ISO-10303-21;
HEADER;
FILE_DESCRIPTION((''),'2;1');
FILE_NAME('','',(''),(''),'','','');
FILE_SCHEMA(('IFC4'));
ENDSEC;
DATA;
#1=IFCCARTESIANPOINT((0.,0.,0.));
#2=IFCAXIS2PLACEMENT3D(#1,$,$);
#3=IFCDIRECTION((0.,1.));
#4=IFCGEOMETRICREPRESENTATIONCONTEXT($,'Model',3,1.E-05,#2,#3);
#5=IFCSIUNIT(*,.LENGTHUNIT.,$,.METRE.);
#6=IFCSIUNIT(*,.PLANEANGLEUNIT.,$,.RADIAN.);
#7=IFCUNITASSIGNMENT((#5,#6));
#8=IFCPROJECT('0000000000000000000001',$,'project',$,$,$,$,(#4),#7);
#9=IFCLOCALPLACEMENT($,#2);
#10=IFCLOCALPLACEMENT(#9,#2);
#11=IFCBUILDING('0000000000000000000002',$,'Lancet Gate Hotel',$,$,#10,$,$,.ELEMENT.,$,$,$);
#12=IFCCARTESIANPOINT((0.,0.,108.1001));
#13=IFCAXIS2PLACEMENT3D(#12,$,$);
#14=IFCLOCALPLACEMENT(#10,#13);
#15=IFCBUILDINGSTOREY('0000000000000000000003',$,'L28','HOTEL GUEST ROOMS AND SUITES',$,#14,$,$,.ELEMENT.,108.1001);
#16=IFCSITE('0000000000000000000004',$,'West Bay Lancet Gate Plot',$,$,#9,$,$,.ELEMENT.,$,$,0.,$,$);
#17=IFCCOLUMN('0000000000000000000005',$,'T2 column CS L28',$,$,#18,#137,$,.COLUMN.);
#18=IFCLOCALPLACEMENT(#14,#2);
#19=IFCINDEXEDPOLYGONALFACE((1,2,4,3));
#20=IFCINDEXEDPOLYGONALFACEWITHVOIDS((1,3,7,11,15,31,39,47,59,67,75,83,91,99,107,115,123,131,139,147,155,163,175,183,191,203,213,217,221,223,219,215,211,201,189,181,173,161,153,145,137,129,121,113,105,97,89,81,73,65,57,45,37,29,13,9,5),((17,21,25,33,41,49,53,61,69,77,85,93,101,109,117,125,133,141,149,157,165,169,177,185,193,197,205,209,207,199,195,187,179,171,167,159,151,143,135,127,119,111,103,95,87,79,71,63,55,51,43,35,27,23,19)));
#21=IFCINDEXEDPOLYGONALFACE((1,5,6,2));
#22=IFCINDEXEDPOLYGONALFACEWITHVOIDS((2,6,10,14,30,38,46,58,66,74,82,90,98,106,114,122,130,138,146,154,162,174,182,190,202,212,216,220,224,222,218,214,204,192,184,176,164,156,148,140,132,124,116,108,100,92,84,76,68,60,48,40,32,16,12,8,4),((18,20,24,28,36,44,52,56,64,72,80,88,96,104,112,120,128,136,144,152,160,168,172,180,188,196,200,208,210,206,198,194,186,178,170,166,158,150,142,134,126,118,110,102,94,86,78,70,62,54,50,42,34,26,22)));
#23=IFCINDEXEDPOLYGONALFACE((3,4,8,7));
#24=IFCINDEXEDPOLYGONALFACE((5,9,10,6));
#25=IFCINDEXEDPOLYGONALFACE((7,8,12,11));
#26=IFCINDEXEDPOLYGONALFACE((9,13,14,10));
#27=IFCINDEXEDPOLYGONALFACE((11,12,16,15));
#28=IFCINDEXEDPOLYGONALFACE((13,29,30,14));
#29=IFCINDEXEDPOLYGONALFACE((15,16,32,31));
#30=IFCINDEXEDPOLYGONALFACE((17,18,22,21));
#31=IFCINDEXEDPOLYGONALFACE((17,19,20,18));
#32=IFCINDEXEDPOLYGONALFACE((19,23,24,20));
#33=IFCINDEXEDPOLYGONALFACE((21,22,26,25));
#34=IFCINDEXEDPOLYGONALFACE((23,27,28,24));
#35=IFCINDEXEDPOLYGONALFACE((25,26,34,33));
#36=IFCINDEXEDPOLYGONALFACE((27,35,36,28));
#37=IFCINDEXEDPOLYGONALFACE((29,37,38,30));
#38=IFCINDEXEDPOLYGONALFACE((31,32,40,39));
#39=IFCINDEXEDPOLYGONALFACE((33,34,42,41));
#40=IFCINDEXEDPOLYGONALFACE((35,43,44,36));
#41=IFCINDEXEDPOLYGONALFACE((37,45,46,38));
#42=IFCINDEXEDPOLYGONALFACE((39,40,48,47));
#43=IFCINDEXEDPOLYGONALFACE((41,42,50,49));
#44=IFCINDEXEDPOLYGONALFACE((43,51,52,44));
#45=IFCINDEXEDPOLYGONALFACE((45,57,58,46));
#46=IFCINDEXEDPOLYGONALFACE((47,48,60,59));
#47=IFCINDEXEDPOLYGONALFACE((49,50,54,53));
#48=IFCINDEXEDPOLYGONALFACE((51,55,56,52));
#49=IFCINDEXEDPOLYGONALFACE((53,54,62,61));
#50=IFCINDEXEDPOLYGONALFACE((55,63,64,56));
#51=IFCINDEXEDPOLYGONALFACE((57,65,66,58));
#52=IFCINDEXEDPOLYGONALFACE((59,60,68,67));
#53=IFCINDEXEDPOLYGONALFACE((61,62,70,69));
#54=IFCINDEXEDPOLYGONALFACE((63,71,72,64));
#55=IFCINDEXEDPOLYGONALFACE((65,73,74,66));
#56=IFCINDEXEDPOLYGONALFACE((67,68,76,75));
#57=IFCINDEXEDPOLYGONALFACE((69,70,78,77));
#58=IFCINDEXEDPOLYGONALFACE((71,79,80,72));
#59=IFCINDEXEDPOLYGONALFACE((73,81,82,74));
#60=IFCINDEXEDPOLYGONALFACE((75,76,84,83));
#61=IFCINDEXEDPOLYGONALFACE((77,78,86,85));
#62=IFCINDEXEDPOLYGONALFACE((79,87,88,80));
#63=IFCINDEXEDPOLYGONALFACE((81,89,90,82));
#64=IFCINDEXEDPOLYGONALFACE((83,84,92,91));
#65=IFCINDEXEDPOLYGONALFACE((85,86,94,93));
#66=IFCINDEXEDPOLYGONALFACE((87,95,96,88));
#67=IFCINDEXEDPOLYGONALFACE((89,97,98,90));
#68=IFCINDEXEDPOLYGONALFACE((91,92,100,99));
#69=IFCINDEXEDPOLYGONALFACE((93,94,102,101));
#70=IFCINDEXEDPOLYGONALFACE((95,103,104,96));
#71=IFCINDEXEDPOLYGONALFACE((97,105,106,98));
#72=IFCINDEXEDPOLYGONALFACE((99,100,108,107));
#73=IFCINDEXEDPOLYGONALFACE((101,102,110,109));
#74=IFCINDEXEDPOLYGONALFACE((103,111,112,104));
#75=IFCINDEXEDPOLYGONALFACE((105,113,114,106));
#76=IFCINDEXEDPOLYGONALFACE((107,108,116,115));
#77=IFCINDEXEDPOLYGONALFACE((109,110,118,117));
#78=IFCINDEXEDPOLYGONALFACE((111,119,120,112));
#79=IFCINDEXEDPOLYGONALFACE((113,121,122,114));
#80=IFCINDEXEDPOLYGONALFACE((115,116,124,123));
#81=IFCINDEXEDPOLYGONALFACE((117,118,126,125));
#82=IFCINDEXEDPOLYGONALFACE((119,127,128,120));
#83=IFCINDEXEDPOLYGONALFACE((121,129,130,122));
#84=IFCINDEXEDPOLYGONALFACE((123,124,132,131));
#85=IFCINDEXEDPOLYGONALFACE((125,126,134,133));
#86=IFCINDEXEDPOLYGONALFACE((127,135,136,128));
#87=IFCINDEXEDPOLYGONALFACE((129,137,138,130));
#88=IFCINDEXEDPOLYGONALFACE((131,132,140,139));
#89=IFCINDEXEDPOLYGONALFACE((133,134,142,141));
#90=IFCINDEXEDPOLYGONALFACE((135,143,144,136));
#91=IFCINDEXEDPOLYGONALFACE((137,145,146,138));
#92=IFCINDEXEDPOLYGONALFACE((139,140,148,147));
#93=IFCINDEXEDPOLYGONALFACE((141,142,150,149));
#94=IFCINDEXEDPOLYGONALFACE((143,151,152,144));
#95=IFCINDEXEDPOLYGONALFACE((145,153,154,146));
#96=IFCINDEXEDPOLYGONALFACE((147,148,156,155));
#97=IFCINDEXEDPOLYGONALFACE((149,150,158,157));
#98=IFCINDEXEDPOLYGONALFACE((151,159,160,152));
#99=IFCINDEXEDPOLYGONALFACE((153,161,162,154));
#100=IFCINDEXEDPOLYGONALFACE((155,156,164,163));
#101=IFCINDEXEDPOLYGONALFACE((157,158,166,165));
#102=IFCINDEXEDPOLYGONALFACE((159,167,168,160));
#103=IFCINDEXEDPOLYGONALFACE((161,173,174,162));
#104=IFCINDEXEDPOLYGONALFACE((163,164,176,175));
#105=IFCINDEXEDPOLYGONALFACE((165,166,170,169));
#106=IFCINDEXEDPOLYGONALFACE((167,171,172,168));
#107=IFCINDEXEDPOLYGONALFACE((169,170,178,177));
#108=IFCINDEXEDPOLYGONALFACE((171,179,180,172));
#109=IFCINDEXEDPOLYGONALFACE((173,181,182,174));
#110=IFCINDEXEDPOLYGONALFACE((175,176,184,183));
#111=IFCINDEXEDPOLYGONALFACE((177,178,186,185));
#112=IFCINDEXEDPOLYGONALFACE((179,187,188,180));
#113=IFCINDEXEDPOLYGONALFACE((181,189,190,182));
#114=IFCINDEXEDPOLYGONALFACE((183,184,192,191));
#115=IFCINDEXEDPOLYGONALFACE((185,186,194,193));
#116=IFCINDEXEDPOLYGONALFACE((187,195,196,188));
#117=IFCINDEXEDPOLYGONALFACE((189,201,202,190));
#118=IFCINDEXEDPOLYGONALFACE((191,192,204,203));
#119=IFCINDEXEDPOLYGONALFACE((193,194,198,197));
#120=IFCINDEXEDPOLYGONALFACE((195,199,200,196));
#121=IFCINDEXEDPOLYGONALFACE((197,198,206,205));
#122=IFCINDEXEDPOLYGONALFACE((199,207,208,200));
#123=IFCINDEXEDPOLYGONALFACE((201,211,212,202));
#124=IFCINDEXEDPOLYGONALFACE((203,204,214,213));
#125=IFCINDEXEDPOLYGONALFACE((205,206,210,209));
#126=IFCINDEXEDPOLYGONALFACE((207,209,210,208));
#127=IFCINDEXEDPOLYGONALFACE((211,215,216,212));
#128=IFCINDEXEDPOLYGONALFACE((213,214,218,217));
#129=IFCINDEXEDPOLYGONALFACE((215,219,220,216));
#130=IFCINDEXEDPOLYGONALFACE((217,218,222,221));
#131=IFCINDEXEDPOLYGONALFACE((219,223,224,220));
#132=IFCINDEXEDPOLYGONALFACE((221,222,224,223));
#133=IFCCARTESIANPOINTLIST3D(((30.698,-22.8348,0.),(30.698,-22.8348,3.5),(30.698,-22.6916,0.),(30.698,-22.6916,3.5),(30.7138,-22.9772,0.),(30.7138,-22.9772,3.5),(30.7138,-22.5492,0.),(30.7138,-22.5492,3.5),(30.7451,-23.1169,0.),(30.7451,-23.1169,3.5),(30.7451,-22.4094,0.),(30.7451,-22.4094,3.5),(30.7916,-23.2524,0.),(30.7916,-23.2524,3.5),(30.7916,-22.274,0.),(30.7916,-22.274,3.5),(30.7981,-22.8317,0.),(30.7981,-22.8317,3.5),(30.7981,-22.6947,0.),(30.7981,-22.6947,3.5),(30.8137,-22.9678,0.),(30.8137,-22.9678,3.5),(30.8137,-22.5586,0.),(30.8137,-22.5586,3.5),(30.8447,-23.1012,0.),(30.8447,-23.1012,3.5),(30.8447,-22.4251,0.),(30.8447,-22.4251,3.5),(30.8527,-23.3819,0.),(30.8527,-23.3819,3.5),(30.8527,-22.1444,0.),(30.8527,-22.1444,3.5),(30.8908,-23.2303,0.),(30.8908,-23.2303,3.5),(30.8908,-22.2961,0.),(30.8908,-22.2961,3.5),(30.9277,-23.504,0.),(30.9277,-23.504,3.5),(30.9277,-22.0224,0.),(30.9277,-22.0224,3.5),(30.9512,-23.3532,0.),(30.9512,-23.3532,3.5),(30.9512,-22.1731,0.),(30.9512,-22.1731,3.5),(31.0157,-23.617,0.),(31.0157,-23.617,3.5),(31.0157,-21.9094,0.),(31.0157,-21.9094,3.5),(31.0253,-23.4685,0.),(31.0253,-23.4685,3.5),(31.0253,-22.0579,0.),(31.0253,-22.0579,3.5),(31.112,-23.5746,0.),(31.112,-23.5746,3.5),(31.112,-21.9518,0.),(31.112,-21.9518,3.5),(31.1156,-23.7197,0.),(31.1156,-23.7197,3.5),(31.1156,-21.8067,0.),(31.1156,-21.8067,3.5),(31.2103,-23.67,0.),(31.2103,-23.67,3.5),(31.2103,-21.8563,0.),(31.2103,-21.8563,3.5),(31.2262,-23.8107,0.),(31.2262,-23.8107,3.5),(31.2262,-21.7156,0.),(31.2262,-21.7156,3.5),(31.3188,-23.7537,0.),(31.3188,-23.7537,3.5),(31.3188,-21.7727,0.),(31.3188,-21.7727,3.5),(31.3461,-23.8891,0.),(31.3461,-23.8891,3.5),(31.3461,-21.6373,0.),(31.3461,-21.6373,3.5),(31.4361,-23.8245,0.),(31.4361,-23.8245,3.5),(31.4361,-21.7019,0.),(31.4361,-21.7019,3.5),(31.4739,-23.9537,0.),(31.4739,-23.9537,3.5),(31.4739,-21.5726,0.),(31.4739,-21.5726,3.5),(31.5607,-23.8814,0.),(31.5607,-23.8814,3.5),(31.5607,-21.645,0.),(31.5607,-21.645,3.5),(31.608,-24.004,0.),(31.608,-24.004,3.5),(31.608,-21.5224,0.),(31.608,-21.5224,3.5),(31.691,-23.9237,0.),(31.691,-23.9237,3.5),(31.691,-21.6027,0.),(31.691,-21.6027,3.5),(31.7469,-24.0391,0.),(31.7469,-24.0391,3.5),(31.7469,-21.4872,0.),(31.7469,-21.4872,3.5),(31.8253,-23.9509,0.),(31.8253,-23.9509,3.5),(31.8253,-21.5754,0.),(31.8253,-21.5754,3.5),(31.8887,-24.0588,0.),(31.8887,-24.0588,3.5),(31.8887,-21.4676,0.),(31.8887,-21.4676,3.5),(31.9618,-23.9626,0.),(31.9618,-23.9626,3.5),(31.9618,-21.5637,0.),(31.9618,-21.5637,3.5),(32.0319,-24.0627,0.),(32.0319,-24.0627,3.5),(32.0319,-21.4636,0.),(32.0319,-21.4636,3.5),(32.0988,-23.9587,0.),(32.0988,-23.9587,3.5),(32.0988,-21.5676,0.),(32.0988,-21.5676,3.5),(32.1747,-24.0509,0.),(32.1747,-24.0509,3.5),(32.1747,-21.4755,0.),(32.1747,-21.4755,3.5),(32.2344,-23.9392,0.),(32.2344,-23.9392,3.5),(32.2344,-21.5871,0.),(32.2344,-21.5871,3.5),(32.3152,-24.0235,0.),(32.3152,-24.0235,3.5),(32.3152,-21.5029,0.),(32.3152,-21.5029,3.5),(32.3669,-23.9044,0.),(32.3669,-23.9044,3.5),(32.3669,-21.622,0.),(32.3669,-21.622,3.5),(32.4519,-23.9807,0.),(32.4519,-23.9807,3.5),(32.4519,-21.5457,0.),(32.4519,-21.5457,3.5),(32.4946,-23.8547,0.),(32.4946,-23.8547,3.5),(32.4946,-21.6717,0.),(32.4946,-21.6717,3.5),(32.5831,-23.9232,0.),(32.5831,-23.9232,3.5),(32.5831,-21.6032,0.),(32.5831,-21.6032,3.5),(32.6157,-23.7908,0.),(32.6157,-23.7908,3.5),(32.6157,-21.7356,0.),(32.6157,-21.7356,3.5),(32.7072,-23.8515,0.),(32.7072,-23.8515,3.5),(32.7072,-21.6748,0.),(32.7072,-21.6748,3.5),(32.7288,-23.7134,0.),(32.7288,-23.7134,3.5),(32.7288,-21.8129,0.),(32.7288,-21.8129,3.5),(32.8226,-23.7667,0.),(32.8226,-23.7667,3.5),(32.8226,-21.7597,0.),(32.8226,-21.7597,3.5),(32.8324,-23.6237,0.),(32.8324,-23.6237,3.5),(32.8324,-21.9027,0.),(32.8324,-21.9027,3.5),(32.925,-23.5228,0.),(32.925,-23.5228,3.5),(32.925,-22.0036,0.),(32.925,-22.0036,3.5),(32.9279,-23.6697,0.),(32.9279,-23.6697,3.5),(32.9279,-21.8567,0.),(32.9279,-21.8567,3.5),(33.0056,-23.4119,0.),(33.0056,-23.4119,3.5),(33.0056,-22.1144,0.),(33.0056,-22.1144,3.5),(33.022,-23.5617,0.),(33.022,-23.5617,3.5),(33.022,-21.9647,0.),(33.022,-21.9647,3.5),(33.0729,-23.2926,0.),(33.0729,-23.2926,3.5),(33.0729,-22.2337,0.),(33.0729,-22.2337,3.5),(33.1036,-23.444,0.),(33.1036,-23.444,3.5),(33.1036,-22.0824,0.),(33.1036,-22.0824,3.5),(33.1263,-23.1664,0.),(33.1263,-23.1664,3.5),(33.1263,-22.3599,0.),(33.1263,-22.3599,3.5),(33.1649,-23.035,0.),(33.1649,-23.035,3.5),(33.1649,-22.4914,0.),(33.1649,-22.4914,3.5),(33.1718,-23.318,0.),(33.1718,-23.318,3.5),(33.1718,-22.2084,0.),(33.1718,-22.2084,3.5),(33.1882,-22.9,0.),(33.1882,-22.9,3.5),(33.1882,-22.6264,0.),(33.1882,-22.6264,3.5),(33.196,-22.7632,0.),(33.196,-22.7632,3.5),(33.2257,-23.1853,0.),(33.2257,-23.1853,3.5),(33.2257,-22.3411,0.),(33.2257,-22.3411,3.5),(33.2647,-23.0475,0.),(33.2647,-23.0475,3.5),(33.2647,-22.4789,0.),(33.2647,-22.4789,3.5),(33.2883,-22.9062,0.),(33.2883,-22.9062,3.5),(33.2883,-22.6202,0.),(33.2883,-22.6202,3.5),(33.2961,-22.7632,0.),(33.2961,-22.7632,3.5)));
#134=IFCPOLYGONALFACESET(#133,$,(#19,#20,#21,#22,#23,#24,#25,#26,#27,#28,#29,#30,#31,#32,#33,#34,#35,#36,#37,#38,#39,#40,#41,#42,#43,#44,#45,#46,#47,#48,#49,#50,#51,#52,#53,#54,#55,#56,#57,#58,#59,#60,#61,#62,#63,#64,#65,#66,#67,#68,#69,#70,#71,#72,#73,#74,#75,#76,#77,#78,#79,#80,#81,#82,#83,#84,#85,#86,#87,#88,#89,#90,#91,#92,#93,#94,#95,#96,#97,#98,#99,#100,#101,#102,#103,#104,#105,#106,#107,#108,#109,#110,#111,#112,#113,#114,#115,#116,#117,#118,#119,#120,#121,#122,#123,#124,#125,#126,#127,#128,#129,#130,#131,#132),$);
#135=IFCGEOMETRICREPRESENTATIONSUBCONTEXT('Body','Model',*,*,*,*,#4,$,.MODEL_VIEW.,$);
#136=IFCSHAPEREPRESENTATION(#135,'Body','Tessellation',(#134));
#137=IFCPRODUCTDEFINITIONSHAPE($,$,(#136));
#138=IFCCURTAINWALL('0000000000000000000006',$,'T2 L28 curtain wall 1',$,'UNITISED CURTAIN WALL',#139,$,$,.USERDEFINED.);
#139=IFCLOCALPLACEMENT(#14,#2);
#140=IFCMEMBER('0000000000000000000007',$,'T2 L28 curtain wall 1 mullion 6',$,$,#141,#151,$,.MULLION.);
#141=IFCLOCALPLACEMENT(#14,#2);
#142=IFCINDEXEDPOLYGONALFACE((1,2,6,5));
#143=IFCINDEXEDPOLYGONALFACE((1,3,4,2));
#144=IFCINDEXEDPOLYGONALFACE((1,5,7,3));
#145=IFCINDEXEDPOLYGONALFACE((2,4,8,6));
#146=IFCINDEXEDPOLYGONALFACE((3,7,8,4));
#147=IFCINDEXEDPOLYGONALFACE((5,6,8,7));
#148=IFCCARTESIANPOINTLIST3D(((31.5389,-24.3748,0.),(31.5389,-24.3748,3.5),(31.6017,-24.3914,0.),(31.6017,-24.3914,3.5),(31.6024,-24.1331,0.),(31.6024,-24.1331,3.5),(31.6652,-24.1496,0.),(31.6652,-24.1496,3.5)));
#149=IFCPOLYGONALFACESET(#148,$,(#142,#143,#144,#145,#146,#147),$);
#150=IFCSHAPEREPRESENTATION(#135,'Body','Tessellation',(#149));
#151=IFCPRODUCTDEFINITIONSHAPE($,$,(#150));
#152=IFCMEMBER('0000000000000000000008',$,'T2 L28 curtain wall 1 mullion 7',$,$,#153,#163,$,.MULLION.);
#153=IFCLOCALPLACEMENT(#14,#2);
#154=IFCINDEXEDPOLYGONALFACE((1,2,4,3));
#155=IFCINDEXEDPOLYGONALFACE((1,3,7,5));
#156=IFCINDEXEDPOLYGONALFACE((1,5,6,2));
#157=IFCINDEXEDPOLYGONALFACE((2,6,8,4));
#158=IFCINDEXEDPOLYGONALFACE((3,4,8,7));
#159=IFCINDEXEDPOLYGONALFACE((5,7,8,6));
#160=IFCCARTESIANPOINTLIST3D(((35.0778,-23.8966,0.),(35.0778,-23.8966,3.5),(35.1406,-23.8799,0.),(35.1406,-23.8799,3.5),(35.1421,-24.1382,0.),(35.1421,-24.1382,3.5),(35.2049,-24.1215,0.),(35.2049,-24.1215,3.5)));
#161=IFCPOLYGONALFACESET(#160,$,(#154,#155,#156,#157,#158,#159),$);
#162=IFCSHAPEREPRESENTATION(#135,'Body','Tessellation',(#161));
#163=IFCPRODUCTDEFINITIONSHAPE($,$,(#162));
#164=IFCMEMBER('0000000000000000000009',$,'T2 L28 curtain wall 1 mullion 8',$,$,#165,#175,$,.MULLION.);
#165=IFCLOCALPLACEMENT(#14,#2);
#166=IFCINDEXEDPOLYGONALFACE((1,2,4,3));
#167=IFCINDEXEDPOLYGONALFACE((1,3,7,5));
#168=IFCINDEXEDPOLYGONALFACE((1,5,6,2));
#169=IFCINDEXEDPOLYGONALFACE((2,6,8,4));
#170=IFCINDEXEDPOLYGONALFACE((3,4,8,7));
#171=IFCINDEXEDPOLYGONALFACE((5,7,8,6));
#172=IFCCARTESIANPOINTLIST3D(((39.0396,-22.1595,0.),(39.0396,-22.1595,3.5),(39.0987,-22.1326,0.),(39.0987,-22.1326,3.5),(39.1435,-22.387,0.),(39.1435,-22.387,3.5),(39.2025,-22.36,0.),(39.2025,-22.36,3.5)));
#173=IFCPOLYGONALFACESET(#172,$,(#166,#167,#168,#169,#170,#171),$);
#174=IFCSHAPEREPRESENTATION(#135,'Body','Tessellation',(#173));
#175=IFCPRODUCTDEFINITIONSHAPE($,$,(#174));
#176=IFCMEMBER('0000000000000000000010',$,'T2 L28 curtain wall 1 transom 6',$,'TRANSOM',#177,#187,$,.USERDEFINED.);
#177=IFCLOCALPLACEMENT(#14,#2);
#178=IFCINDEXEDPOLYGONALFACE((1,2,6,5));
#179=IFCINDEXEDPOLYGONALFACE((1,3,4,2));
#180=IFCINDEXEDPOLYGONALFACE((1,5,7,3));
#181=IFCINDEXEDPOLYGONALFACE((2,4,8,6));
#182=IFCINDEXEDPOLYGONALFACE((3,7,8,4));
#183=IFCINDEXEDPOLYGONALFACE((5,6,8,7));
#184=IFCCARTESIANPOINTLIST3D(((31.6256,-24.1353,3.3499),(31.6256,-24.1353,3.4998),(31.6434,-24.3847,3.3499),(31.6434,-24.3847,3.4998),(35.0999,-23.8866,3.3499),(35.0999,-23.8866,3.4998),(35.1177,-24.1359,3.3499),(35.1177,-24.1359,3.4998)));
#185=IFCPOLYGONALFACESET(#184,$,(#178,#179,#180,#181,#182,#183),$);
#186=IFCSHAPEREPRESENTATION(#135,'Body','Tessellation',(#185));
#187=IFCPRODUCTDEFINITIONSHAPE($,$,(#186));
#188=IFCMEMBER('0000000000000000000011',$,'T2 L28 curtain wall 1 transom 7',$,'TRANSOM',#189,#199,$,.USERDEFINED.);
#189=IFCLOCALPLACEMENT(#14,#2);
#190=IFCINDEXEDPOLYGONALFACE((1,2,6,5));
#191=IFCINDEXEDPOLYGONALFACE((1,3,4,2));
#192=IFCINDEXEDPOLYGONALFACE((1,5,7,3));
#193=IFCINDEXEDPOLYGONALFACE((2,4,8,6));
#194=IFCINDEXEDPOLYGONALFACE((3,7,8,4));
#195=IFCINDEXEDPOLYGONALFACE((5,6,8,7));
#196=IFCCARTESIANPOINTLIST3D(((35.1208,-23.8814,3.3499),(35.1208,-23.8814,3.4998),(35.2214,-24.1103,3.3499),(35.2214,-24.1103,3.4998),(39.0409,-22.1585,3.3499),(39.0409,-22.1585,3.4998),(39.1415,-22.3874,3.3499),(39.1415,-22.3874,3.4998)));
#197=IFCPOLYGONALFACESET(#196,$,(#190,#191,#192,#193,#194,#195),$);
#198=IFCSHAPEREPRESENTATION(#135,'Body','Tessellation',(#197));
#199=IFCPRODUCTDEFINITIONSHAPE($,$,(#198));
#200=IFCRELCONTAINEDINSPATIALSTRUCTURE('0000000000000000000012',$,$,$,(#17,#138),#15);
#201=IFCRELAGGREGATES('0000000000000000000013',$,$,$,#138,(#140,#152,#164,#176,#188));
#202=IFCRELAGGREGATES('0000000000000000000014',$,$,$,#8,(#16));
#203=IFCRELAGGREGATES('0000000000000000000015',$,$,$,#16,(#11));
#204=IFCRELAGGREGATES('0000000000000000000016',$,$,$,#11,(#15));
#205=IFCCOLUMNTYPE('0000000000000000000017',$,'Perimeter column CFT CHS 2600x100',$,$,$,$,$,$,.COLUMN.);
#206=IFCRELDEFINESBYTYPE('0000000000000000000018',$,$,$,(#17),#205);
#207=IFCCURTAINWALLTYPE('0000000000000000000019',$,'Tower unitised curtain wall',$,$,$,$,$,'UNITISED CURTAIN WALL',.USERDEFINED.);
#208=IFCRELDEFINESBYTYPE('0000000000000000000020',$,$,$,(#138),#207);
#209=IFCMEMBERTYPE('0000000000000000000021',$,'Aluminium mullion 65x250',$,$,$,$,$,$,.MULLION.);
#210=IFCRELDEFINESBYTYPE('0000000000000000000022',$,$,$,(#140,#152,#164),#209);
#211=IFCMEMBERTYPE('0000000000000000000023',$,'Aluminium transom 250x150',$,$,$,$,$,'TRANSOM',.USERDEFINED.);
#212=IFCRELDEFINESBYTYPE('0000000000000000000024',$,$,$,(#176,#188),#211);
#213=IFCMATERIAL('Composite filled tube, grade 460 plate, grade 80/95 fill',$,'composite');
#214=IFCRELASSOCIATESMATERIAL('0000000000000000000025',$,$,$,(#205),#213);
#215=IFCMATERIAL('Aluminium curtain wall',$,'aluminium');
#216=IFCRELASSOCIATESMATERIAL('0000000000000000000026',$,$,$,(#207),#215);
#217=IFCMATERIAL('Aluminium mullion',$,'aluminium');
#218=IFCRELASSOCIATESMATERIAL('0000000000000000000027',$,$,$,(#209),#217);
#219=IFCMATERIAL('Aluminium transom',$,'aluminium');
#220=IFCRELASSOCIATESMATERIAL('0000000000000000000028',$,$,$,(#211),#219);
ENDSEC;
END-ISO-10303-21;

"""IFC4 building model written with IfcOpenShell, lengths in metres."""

from ifc_helpers import new_model, si_unit, direction, frame, origin, origin_2d, place, context, subcontext, project, spatial, rectangle, hollow_circle, extrude, material, material_profile, profile_set, type_object, element, aggregate, save


model = new_model("IFC4")

# Units and contexts
model_context = context("Model", 3, precision=1e-05, world=origin(), true_north=direction((0.0, 1.0)))
body_context = subcontext(model_context, "Body", "Model", "MODEL_VIEW")
ifc_project = project(units=[si_unit("LENGTHUNIT", "METRE"), si_unit("PLANEANGLEUNIT", "RADIAN")], contexts=[model_context])

# Site, building, storey
site_placement = place(None, origin())
site = spatial("IfcSite", under=ifc_project, at=site_placement, Name="West Bay Lancet Gate Plot", CompositionType="ELEMENT", RefElevation=0.0)
building_placement = place(site_placement, origin())
building = spatial("IfcBuilding", under=site, at=building_placement, Name="Lancet Gate Hotel", CompositionType="ELEMENT")
storey_placement = place(building_placement, frame((0.0, 0.0, 108.1001)))
storey = spatial("IfcBuildingStorey", under=building, at=storey_placement, Name="L28", Description="HOTEL GUEST ROOMS AND SUITES", CompositionType="ELEMENT", Elevation=108.1001)

# Column
ifc_material_1 = material(Name="Composite filled tube, grade 460 plate, grade 80/95 fill", Category="composite")
ifc_material_profile_1 = material_profile(ifc_material_1, hollow_circle(Radius=1.3, WallThickness=0.1001, at=origin_2d()), Name="CHS 2600x100")
ifc_profile_set_1 = profile_set([ifc_material_profile_1], Name="Composite filled tube, grade 460 plate, grade 80/95 fill")
column_type = type_object("IfcColumnType", Name="Perimeter column CFT CHS 2600x100", PredefinedType="COLUMN", material=ifc_profile_set_1)
column_placement = place(storey_placement, frame((31.9961, -22.7632, 0.0), z_axis=(0.0, 0.0, 1.0), x_axis=(1.0, 0.0, 0.0)))
element("IfcColumn", 1, at=column_placement, inside=storey, type_object=column_type, Name="T2 column CS L28", PredefinedType="COLUMN", context=body_context, shape_type="SweptSolid", body=[
    extrude(hollow_circle(Radius=1.3, WallThickness=0.1001, at=origin_2d()), origin(), (0.0, 0.0, 1.0), 3.5),
])

# Curtain wall, members
ifc_material_2 = material(Name="Aluminium curtain wall", Category="aluminium")
curtain_wall_type = type_object("IfcCurtainWallType", Name="Tower unitised curtain wall", ElementType="UNITISED CURTAIN WALL", PredefinedType="USERDEFINED", material=ifc_material_2)
curtain_wall_placement = place(storey_placement, origin())
curtain_wall = element("IfcCurtainWall", 2, at=curtain_wall_placement, inside=storey, type_object=curtain_wall_type, Name="T2 L28 curtain wall 1", ObjectType="UNITISED CURTAIN WALL", PredefinedType="USERDEFINED")
ifc_material_3 = material(Name="Aluminium mullion", Category="aluminium")
ifc_material_profile_2 = material_profile(ifc_material_3, rectangle(XDim=0.0649, YDim=0.25, at=origin_2d()), Name="MULLION 65x250")
ifc_profile_set_2 = profile_set([ifc_material_profile_2], Name="Aluminium mullion")
member_type_1 = type_object("IfcMemberType", Name="Aluminium mullion 65x250", PredefinedType="MULLION", material=ifc_profile_set_2)
member_1_placement = place(storey_placement, frame((31.6021, -24.2622, 0.0), z_axis=(0.0, 0.0, 1.0), x_axis=(0.967157, -0.254179, 0.0)))
member_1 = element("IfcMember", 3, at=member_1_placement, type_object=member_type_1, Name="T2 L28 curtain wall 1 mullion 6", PredefinedType="MULLION", context=body_context, shape_type="SweptSolid", body=[
    extrude(rectangle(XDim=0.0649, YDim=0.25, at=origin_2d()), origin(), (0.0, 0.0, 1.0), 3.5),
])
member_2_placement = place(storey_placement, frame((35.1414, -24.009, 0.0), z_axis=(0.0, 0.0, 1.0), x_axis=(0.966317, 0.257353, 0.0)))
member_2 = element("IfcMember", 4, at=member_2_placement, type_object=member_type_1, Name="T2 L28 curtain wall 1 mullion 7", PredefinedType="MULLION", context=body_context, shape_type="SweptSolid", body=[
    extrude(rectangle(XDim=0.0649, YDim=0.25, at=origin_2d()), origin(), (0.0, 0.0, 1.0), 3.5),
])
member_3_placement = place(storey_placement, frame((39.1211, -22.2598, 0.0), z_axis=(0.0, 0.0, 1.0), x_axis=(0.909673, 0.415326, 0.0)))
member_3 = element("IfcMember", 5, at=member_3_placement, type_object=member_type_1, Name="T2 L28 curtain wall 1 mullion 8", PredefinedType="MULLION", context=body_context, shape_type="SweptSolid", body=[
    extrude(rectangle(XDim=0.0649, YDim=0.25, at=origin_2d()), origin(), (0.0, 0.0, 1.0), 3.5),
])
ifc_material_4 = material(Name="Aluminium transom", Category="aluminium")
ifc_material_profile_3 = material_profile(ifc_material_4, rectangle(XDim=0.25, YDim=0.1499, at=origin_2d()), Name="TRANSOM 250x150")
ifc_profile_set_3 = profile_set([ifc_material_profile_3], Name="Aluminium transom")
member_type_2 = type_object("IfcMemberType", Name="Aluminium transom 250x150", ElementType="TRANSOM", PredefinedType="USERDEFINED", material=ifc_profile_set_3)
member_4_placement = place(storey_placement, frame((31.6345, -24.26, 3.4248), z_axis=(0.997446, 0.071421, 0.0), x_axis=(-0.071421, 0.997446, 0.0)))
member_4 = element("IfcMember", 6, at=member_4_placement, type_object=member_type_2, Name="T2 L28 curtain wall 1 transom 6", ObjectType="TRANSOM", PredefinedType="USERDEFINED", context=body_context, shape_type="SweptSolid", body=[
    extrude(rectangle(XDim=0.25, YDim=0.1499, at=origin_2d()), origin(), (0.0, 0.0, 1.0), 3.4832),
])
member_5_placement = place(storey_placement, frame((35.1711, -23.9958, 3.4248), z_axis=(0.915485, 0.402353, 0.0), x_axis=(-0.402353, 0.915485, 0.0)))
member_5 = element("IfcMember", 7, at=member_5_placement, type_object=member_type_2, Name="T2 L28 curtain wall 1 transom 7", ObjectType="TRANSOM", PredefinedType="USERDEFINED", context=body_context, shape_type="SweptSolid", body=[
    extrude(rectangle(XDim=0.25, YDim=0.1499, at=origin_2d()), origin(), (0.0, 0.0, 1.0), 4.282),
])

aggregate(curtain_wall, [member_1, member_2, member_3, member_4, member_5])

save(model, "model.ifc")
